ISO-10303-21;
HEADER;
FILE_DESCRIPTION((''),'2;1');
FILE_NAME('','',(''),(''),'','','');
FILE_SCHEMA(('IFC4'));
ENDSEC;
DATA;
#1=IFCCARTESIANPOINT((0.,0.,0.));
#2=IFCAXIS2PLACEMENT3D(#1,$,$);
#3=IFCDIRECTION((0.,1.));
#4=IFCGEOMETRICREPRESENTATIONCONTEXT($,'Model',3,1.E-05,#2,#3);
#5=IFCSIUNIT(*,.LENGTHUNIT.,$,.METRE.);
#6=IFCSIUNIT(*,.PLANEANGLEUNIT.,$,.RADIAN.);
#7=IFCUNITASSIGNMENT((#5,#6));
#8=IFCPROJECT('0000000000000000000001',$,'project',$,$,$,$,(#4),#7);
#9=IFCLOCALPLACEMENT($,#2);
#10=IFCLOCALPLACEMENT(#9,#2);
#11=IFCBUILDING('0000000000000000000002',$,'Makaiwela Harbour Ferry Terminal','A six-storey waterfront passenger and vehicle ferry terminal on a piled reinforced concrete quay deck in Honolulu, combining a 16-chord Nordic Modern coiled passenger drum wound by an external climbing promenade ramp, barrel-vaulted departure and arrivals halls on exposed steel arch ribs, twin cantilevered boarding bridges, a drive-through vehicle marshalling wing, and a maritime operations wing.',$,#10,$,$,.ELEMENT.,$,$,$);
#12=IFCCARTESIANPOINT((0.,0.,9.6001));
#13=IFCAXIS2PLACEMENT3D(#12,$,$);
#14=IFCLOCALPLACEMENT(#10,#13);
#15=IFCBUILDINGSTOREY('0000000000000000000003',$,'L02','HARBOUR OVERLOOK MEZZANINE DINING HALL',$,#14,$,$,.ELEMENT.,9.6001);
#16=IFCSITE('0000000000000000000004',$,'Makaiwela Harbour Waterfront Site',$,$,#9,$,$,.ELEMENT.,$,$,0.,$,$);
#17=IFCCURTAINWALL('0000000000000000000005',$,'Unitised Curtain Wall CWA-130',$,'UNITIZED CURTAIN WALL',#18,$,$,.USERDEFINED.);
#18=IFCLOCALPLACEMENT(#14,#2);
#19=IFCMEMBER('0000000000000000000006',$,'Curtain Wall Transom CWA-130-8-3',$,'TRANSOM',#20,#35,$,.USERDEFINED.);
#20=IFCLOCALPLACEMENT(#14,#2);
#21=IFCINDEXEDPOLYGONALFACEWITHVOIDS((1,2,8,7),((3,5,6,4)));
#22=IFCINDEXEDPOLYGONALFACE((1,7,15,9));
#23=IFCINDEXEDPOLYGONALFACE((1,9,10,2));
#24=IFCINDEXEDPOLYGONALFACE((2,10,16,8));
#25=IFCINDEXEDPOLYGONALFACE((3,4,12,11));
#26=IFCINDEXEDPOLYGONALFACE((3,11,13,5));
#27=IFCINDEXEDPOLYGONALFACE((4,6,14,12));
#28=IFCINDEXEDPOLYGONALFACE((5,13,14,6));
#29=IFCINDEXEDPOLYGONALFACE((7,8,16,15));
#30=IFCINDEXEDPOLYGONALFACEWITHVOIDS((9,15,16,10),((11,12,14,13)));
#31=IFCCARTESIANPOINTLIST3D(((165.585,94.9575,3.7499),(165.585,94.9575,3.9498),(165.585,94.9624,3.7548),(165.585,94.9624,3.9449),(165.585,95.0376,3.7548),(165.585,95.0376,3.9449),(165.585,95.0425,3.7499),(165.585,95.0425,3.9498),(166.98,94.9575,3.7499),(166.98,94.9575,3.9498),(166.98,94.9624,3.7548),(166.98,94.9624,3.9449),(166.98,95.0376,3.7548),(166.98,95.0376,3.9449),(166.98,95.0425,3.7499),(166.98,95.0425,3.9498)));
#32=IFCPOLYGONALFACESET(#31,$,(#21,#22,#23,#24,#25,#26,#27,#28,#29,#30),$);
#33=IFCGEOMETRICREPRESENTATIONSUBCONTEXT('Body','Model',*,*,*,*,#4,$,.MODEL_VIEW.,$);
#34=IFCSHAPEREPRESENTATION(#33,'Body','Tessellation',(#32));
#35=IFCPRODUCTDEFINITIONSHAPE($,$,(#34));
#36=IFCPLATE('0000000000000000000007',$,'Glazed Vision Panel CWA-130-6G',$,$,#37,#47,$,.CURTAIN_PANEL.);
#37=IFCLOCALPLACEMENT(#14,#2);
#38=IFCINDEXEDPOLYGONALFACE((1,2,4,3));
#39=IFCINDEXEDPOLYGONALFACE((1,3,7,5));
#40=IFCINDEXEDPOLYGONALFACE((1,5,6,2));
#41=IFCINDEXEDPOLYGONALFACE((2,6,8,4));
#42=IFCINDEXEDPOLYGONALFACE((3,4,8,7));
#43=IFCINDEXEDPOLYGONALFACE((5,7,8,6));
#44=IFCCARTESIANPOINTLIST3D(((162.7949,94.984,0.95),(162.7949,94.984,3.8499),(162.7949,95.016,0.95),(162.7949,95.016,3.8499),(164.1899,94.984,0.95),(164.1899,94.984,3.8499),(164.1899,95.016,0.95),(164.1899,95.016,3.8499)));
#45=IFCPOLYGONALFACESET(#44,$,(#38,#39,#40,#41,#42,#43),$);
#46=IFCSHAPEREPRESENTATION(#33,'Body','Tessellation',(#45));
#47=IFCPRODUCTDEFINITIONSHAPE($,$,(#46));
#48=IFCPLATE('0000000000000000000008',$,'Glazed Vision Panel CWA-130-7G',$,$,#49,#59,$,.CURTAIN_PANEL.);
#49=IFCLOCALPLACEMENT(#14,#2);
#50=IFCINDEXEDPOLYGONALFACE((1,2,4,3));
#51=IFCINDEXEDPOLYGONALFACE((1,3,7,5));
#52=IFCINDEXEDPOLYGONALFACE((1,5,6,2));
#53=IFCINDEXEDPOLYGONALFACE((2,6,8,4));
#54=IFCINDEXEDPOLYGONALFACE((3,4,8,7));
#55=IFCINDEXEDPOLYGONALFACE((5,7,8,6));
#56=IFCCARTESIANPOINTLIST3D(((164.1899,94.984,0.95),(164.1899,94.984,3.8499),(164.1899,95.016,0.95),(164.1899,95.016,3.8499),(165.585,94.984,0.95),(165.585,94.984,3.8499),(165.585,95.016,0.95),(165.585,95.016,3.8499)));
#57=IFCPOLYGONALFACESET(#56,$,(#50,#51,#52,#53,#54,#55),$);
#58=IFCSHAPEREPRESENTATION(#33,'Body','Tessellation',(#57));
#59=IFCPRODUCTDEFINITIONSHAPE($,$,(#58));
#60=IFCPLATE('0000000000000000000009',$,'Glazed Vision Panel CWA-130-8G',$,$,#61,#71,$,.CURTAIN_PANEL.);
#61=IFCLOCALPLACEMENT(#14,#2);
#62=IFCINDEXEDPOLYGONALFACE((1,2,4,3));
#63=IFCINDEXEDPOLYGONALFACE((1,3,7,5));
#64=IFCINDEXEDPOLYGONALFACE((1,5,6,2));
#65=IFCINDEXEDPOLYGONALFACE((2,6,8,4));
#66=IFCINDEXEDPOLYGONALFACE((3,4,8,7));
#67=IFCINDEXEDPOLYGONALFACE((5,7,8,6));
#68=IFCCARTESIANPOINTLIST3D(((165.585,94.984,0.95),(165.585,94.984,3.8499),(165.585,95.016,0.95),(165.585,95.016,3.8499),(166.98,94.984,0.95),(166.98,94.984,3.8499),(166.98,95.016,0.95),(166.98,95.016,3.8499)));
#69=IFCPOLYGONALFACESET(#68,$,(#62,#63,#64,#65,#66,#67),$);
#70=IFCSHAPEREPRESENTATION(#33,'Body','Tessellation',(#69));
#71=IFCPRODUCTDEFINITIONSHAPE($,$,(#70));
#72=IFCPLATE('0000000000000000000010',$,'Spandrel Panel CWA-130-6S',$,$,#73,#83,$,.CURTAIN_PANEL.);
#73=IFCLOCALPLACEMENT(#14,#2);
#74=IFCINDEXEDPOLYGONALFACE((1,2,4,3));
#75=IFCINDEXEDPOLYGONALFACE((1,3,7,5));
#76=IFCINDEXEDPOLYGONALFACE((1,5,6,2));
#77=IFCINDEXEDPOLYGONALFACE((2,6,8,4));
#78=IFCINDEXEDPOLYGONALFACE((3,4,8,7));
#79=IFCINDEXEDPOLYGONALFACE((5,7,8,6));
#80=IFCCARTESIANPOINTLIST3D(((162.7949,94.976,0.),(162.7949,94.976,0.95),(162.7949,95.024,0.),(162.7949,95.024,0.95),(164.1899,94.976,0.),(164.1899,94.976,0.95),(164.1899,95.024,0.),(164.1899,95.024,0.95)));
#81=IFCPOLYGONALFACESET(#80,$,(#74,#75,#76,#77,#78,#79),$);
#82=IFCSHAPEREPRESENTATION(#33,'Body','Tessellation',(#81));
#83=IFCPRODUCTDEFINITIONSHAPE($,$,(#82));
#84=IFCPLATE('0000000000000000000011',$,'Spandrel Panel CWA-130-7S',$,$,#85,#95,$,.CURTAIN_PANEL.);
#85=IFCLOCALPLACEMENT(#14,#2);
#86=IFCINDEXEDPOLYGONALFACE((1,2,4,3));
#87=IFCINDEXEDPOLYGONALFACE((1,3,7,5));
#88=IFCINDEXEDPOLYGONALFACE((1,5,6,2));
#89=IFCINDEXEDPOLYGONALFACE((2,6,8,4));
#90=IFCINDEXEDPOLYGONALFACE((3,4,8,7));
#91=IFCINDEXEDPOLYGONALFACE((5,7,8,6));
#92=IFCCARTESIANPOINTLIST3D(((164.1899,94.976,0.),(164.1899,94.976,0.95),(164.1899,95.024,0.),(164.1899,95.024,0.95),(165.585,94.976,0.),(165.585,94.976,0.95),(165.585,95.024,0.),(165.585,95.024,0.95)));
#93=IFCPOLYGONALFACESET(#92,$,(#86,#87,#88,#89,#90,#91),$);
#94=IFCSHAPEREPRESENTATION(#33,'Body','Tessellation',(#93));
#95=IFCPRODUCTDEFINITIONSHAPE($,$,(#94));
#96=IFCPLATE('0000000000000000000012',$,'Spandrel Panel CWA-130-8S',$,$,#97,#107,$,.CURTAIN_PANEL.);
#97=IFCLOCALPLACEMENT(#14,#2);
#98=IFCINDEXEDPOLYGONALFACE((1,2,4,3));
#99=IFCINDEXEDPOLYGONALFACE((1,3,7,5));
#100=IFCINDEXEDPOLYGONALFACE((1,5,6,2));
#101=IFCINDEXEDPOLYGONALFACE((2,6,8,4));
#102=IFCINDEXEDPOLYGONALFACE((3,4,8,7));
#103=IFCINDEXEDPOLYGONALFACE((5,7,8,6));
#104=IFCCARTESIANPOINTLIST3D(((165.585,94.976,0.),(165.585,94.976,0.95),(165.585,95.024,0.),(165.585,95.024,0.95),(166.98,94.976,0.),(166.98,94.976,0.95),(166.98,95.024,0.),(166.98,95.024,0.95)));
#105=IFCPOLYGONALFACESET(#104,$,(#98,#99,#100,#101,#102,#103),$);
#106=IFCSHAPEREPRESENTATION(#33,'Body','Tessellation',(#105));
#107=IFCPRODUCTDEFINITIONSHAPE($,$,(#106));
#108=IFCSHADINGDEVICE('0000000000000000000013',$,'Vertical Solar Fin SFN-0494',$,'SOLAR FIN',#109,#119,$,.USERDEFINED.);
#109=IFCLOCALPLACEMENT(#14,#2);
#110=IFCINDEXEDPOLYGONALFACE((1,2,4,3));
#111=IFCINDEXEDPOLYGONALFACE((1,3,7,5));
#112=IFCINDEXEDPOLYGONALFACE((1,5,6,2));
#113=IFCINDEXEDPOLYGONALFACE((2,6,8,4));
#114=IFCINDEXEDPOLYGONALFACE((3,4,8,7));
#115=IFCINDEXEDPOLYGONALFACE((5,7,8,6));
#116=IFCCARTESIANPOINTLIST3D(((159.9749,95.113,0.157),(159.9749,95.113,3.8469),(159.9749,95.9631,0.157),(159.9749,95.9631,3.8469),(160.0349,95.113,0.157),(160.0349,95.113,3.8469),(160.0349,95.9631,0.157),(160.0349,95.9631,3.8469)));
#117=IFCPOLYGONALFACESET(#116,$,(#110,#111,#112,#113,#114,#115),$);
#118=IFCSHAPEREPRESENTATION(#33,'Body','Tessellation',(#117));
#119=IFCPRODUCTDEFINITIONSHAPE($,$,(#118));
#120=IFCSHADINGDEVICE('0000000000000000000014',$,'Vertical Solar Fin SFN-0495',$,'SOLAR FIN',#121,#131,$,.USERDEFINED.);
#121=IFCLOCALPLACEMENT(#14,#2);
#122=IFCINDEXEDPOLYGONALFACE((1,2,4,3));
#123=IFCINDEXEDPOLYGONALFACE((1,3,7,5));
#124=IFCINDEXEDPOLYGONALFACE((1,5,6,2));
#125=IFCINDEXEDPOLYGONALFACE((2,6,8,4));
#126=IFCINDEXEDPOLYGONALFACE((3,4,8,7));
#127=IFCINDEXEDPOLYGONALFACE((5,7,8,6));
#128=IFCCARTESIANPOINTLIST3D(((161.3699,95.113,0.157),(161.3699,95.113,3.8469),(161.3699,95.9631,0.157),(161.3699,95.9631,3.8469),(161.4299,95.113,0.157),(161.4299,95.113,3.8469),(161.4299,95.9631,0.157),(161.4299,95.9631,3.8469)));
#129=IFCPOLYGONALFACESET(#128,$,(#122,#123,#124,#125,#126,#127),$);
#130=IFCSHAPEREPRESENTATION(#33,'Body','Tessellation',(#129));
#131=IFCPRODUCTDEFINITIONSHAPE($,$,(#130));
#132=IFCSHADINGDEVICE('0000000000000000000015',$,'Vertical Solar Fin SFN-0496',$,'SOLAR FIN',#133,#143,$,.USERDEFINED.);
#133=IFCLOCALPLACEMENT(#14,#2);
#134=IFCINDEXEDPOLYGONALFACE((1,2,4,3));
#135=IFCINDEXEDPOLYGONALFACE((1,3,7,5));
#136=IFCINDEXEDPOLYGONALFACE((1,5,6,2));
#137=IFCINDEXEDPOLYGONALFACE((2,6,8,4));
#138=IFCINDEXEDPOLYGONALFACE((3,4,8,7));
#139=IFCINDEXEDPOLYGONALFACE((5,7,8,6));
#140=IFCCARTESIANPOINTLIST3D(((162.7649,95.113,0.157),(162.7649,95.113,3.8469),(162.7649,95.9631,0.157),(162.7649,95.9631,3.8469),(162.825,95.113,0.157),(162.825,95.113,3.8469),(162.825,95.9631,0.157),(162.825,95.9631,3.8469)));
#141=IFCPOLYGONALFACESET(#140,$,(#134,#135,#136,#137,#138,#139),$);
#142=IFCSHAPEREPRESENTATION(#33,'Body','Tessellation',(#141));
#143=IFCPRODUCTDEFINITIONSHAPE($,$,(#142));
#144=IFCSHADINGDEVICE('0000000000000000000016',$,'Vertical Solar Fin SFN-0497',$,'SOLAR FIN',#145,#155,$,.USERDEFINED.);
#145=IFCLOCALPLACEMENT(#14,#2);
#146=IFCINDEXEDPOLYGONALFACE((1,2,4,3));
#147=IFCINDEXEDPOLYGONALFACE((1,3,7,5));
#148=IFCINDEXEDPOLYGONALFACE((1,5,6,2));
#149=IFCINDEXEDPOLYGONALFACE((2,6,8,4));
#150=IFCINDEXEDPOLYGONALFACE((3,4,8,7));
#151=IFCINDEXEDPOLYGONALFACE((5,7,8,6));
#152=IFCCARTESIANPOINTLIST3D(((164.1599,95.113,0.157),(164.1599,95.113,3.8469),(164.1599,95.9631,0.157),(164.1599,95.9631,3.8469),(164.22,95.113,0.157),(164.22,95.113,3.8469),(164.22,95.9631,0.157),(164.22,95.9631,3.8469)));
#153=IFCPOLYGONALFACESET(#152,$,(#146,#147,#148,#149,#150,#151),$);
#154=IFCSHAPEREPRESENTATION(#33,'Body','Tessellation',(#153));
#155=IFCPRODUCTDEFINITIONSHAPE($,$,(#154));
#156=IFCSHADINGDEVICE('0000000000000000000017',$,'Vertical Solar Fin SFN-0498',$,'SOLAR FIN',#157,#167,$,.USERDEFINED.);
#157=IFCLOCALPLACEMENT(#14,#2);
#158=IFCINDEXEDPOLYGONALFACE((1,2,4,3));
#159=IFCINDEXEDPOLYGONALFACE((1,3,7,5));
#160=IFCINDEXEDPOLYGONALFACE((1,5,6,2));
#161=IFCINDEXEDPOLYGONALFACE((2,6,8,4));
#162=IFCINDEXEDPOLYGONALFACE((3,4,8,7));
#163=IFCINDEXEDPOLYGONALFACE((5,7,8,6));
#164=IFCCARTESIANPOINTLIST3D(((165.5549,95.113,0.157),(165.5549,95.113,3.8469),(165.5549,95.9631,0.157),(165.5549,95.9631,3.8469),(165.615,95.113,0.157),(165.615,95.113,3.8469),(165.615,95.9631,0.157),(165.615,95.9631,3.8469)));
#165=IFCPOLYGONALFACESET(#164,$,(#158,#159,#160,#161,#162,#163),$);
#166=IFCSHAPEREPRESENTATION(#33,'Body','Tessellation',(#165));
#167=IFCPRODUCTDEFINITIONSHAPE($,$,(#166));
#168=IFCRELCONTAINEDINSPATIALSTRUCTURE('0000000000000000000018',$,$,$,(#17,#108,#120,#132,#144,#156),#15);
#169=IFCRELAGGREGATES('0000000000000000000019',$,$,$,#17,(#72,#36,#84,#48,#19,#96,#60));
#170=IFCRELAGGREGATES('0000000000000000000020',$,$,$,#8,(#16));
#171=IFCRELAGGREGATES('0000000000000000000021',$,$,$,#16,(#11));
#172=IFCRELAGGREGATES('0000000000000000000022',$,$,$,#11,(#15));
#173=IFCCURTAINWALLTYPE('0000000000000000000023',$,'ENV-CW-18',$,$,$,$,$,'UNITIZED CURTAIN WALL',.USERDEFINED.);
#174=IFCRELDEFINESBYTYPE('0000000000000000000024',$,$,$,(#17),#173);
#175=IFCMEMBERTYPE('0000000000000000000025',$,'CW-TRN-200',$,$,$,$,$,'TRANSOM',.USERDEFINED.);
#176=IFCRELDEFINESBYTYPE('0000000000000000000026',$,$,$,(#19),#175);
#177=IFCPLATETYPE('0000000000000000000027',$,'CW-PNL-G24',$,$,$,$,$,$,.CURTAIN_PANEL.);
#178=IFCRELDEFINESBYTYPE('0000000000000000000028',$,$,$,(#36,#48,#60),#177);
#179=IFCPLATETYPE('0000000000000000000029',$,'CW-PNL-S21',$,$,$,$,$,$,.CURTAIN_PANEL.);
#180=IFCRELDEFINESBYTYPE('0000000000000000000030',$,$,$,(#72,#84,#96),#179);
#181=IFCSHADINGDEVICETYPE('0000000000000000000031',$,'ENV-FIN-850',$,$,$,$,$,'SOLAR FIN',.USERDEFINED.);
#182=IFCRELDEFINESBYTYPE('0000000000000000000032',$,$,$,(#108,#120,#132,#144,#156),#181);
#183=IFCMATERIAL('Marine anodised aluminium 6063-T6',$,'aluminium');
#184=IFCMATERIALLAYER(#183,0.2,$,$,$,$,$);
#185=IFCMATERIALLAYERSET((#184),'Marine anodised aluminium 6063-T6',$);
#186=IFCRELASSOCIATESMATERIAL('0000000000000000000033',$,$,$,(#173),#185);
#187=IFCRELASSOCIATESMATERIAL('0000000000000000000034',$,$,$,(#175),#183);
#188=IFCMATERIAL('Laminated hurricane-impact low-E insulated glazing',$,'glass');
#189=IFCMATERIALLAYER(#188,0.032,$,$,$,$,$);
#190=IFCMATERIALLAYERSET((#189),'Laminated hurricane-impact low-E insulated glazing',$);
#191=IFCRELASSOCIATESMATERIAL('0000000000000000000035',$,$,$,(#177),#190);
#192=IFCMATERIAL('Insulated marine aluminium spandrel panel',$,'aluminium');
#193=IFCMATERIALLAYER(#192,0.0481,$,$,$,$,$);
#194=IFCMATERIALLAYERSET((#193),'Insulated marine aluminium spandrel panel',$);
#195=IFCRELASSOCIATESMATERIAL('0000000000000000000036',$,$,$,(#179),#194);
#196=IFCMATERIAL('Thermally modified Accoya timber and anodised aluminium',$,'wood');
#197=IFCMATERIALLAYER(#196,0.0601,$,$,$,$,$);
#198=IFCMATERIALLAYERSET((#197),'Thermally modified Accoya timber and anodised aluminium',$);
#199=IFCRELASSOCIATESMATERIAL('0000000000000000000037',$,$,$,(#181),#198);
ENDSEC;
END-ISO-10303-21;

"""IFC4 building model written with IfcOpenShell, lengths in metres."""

from ifc_helpers import new_model, si_unit, direction, frame, origin, origin_2d, place, context, subcontext, project, spatial, rectangle, hollow_rectangle, extrude, material, layer, layer_set, material_profile, profile_set, type_object, element, aggregate, save


model = new_model("IFC4")

# Units and contexts
model_context = context("Model", 3, precision=1e-05, world=origin(), true_north=direction((0.0, 1.0)))
body_context = subcontext(model_context, "Body", "Model", "MODEL_VIEW")
ifc_project = project(units=[si_unit("LENGTHUNIT", "METRE"), si_unit("PLANEANGLEUNIT", "RADIAN")], contexts=[model_context])

# Site, building, storey
site_placement = place(None, origin())
site = spatial("IfcSite", under=ifc_project, at=site_placement, Name="Makaiwela Harbour Waterfront Site", CompositionType="ELEMENT", RefElevation=0.0)
building_placement = place(site_placement, origin())
building = spatial("IfcBuilding", under=site, at=building_placement, Name="Makaiwela Harbour Ferry Terminal", Description="A six-storey waterfront passenger and vehicle ferry terminal on a piled reinforced concrete quay deck in Honolulu, combining a 16-chord Nordic Modern coiled passenger drum wound by an external climbing promenade ramp, barrel-vaulted departure and arrivals halls on exposed steel arch ribs, twin cantilevered boarding bridges, a drive-through vehicle marshalling wing, and a maritime operations wing.", CompositionType="ELEMENT")
storey_placement = place(building_placement, frame((0.0, 0.0, 9.6001)))
storey = spatial("IfcBuildingStorey", under=building, at=storey_placement, Name="L02", Description="HARBOUR OVERLOOK MEZZANINE DINING HALL", CompositionType="ELEMENT", Elevation=9.6001)

# Curtain wall, member, plates
ifc_material_1 = material(Name="Marine anodised aluminium 6063-T6", Category="aluminium")
ifc_layer_1 = layer(ifc_material_1, 0.2)
ifc_layer_set_1 = layer_set([ifc_layer_1], Name="Marine anodised aluminium 6063-T6")
curtain_wall_type = type_object("IfcCurtainWallType", Name="ENV-CW-18", ElementType="UNITIZED CURTAIN WALL", PredefinedType="USERDEFINED", material=ifc_layer_set_1)
curtain_wall_placement = place(storey_placement, origin())
curtain_wall = element("IfcCurtainWall", 1, at=curtain_wall_placement, inside=storey, type_object=curtain_wall_type, Name="Unitised Curtain Wall CWA-130", ObjectType="UNITIZED CURTAIN WALL", PredefinedType="USERDEFINED")
ifc_material_profile_1 = material_profile(ifc_material_1, hollow_rectangle(XDim=0.085, YDim=0.2, WallThickness=0.0049, at=origin_2d()), Name="CWT-200X85")
ifc_profile_set_1 = profile_set([ifc_material_profile_1], Name="Marine anodised aluminium 6063-T6")
member_type_1 = type_object("IfcMemberType", Name="CW-TRN-200", ElementType="TRANSOM", PredefinedType="USERDEFINED", material=ifc_profile_set_1)
member_1_placement = place(storey_placement, frame((165.585, 95.0, 3.8499), z_axis=(1.0, 0.0, 0.0), x_axis=(0.0, 1.0, 0.0)))
member_1 = element("IfcMember", 2, at=member_1_placement, type_object=member_type_1, Name="Curtain Wall Transom CWA-130-8-3", ObjectType="TRANSOM", PredefinedType="USERDEFINED", context=body_context, shape_type="SweptSolid", body=[
    extrude(hollow_rectangle(XDim=0.085, YDim=0.2, WallThickness=0.0049, at=origin_2d()), origin(), (0.0, 0.0, 1.0), 1.395),
])
ifc_material_2 = material(Name="Laminated hurricane-impact low-E insulated glazing", Category="glass")
ifc_layer_2 = layer(ifc_material_2, 0.032)
ifc_layer_set_2 = layer_set([ifc_layer_2], Name="Laminated hurricane-impact low-E insulated glazing")
plate_type_1 = type_object("IfcPlateType", Name="CW-PNL-G24", PredefinedType="CURTAIN_PANEL", material=ifc_layer_set_2)
plate_1_placement = place(storey_placement, frame((163.4924, 95.0, 0.95), z_axis=(0.0, 0.0, 1.0), x_axis=(1.0, 0.0, 0.0)))
plate_1 = element("IfcPlate", 3, at=plate_1_placement, type_object=plate_type_1, Name="Glazed Vision Panel CWA-130-6G", PredefinedType="CURTAIN_PANEL", context=body_context, shape_type="SweptSolid", body=[
    extrude(rectangle(XDim=1.395, YDim=0.032, at=origin_2d()), origin(), (0.0, 0.0, 1.0), 2.8999),
])
plate_2_placement = place(storey_placement, frame((164.8875, 95.0, 0.95), z_axis=(0.0, 0.0, 1.0), x_axis=(1.0, 0.0, 0.0)))
plate_2 = element("IfcPlate", 4, at=plate_2_placement, type_object=plate_type_1, Name="Glazed Vision Panel CWA-130-7G", PredefinedType="CURTAIN_PANEL", context=body_context, shape_type="SweptSolid", body=[
    extrude(rectangle(XDim=1.395, YDim=0.032, at=origin_2d()), origin(), (0.0, 0.0, 1.0), 2.8999),
])
plate_3_placement = place(storey_placement, frame((166.2825, 95.0, 0.95), z_axis=(0.0, 0.0, 1.0), x_axis=(1.0, 0.0, 0.0)))
plate_3 = element("IfcPlate", 5, at=plate_3_placement, type_object=plate_type_1, Name="Glazed Vision Panel CWA-130-8G", PredefinedType="CURTAIN_PANEL", context=body_context, shape_type="SweptSolid", body=[
    extrude(rectangle(XDim=1.395, YDim=0.032, at=origin_2d()), origin(), (0.0, 0.0, 1.0), 2.8999),
])
ifc_material_3 = material(Name="Insulated marine aluminium spandrel panel", Category="aluminium")
ifc_layer_3 = layer(ifc_material_3, 0.0481)
ifc_layer_set_3 = layer_set([ifc_layer_3], Name="Insulated marine aluminium spandrel panel")
plate_type_2 = type_object("IfcPlateType", Name="CW-PNL-S21", PredefinedType="CURTAIN_PANEL", material=ifc_layer_set_3)
plate_4_placement = place(storey_placement, frame((163.4924, 95.0, 0.0), z_axis=(0.0, 0.0, 1.0), x_axis=(1.0, 0.0, 0.0)))
plate_4 = element("IfcPlate", 6, at=plate_4_placement, type_object=plate_type_2, Name="Spandrel Panel CWA-130-6S", PredefinedType="CURTAIN_PANEL", context=body_context, shape_type="SweptSolid", body=[
    extrude(rectangle(XDim=1.395, YDim=0.0481, at=origin_2d()), origin(), (0.0, 0.0, 1.0), 0.95),
])
plate_5_placement = place(storey_placement, frame((164.8875, 95.0, 0.0), z_axis=(0.0, 0.0, 1.0), x_axis=(1.0, 0.0, 0.0)))
plate_5 = element("IfcPlate", 7, at=plate_5_placement, type_object=plate_type_2, Name="Spandrel Panel CWA-130-7S", PredefinedType="CURTAIN_PANEL", context=body_context, shape_type="SweptSolid", body=[
    extrude(rectangle(XDim=1.395, YDim=0.0481, at=origin_2d()), origin(), (0.0, 0.0, 1.0), 0.95),
])
plate_6_placement = place(storey_placement, frame((166.2825, 95.0, 0.0), z_axis=(0.0, 0.0, 1.0), x_axis=(1.0, 0.0, 0.0)))
plate_6 = element("IfcPlate", 8, at=plate_6_placement, type_object=plate_type_2, Name="Spandrel Panel CWA-130-8S", PredefinedType="CURTAIN_PANEL", context=body_context, shape_type="SweptSolid", body=[
    extrude(rectangle(XDim=1.395, YDim=0.0481, at=origin_2d()), origin(), (0.0, 0.0, 1.0), 0.95),
])
aggregate(curtain_wall, [plate_4, plate_1, plate_5, plate_2, member_1, plate_6, plate_3])

# Shading devices
ifc_material_4 = material(Name="Thermally modified Accoya timber and anodised aluminium", Category="wood")
ifc_layer_4 = layer(ifc_material_4, 0.0601)
ifc_layer_set_4 = layer_set([ifc_layer_4], Name="Thermally modified Accoya timber and anodised aluminium")
shading_device_type = type_object("IfcShadingDeviceType", Name="ENV-FIN-850", ElementType="SOLAR FIN", PredefinedType="USERDEFINED", material=ifc_layer_set_4)
for number, where, z_axis, x_axis, name in (
    (9, (160.0049, 95.5381, 0.157), (0.0, 0.0, 1.0), (0.0, 1.0, 0.0), "Vertical Solar Fin SFN-0494"),
    (10, (161.3999, 95.5381, 0.157), (0.0, 0.0, 1.0), (0.0, 1.0, 0.0), "Vertical Solar Fin SFN-0495"),
    (11, (162.7949, 95.5381, 0.157), (0.0, 0.0, 1.0), (0.0, 1.0, 0.0), "Vertical Solar Fin SFN-0496"),
    (12, (164.1899, 95.5381, 0.157), (0.0, 0.0, 1.0), (0.0, 1.0, 0.0), "Vertical Solar Fin SFN-0497"),
    (13, (165.585, 95.5381, 0.157), (0.0, 0.0, 1.0), (0.0, 1.0, 0.0), "Vertical Solar Fin SFN-0498"),
):
    element("IfcShadingDevice", number, at=place(storey_placement, frame(where, z_axis=z_axis, x_axis=x_axis)), inside=storey, type_object=shading_device_type, Name=name, ObjectType="SOLAR FIN", PredefinedType="USERDEFINED", context=body_context, shape_type="SweptSolid", body=[
        extrude(rectangle(XDim=0.8501, YDim=0.0601, at=origin_2d()), origin(), (0.0, 0.0, 1.0), 3.6899),
    ])

save(model, "model.ifc")
